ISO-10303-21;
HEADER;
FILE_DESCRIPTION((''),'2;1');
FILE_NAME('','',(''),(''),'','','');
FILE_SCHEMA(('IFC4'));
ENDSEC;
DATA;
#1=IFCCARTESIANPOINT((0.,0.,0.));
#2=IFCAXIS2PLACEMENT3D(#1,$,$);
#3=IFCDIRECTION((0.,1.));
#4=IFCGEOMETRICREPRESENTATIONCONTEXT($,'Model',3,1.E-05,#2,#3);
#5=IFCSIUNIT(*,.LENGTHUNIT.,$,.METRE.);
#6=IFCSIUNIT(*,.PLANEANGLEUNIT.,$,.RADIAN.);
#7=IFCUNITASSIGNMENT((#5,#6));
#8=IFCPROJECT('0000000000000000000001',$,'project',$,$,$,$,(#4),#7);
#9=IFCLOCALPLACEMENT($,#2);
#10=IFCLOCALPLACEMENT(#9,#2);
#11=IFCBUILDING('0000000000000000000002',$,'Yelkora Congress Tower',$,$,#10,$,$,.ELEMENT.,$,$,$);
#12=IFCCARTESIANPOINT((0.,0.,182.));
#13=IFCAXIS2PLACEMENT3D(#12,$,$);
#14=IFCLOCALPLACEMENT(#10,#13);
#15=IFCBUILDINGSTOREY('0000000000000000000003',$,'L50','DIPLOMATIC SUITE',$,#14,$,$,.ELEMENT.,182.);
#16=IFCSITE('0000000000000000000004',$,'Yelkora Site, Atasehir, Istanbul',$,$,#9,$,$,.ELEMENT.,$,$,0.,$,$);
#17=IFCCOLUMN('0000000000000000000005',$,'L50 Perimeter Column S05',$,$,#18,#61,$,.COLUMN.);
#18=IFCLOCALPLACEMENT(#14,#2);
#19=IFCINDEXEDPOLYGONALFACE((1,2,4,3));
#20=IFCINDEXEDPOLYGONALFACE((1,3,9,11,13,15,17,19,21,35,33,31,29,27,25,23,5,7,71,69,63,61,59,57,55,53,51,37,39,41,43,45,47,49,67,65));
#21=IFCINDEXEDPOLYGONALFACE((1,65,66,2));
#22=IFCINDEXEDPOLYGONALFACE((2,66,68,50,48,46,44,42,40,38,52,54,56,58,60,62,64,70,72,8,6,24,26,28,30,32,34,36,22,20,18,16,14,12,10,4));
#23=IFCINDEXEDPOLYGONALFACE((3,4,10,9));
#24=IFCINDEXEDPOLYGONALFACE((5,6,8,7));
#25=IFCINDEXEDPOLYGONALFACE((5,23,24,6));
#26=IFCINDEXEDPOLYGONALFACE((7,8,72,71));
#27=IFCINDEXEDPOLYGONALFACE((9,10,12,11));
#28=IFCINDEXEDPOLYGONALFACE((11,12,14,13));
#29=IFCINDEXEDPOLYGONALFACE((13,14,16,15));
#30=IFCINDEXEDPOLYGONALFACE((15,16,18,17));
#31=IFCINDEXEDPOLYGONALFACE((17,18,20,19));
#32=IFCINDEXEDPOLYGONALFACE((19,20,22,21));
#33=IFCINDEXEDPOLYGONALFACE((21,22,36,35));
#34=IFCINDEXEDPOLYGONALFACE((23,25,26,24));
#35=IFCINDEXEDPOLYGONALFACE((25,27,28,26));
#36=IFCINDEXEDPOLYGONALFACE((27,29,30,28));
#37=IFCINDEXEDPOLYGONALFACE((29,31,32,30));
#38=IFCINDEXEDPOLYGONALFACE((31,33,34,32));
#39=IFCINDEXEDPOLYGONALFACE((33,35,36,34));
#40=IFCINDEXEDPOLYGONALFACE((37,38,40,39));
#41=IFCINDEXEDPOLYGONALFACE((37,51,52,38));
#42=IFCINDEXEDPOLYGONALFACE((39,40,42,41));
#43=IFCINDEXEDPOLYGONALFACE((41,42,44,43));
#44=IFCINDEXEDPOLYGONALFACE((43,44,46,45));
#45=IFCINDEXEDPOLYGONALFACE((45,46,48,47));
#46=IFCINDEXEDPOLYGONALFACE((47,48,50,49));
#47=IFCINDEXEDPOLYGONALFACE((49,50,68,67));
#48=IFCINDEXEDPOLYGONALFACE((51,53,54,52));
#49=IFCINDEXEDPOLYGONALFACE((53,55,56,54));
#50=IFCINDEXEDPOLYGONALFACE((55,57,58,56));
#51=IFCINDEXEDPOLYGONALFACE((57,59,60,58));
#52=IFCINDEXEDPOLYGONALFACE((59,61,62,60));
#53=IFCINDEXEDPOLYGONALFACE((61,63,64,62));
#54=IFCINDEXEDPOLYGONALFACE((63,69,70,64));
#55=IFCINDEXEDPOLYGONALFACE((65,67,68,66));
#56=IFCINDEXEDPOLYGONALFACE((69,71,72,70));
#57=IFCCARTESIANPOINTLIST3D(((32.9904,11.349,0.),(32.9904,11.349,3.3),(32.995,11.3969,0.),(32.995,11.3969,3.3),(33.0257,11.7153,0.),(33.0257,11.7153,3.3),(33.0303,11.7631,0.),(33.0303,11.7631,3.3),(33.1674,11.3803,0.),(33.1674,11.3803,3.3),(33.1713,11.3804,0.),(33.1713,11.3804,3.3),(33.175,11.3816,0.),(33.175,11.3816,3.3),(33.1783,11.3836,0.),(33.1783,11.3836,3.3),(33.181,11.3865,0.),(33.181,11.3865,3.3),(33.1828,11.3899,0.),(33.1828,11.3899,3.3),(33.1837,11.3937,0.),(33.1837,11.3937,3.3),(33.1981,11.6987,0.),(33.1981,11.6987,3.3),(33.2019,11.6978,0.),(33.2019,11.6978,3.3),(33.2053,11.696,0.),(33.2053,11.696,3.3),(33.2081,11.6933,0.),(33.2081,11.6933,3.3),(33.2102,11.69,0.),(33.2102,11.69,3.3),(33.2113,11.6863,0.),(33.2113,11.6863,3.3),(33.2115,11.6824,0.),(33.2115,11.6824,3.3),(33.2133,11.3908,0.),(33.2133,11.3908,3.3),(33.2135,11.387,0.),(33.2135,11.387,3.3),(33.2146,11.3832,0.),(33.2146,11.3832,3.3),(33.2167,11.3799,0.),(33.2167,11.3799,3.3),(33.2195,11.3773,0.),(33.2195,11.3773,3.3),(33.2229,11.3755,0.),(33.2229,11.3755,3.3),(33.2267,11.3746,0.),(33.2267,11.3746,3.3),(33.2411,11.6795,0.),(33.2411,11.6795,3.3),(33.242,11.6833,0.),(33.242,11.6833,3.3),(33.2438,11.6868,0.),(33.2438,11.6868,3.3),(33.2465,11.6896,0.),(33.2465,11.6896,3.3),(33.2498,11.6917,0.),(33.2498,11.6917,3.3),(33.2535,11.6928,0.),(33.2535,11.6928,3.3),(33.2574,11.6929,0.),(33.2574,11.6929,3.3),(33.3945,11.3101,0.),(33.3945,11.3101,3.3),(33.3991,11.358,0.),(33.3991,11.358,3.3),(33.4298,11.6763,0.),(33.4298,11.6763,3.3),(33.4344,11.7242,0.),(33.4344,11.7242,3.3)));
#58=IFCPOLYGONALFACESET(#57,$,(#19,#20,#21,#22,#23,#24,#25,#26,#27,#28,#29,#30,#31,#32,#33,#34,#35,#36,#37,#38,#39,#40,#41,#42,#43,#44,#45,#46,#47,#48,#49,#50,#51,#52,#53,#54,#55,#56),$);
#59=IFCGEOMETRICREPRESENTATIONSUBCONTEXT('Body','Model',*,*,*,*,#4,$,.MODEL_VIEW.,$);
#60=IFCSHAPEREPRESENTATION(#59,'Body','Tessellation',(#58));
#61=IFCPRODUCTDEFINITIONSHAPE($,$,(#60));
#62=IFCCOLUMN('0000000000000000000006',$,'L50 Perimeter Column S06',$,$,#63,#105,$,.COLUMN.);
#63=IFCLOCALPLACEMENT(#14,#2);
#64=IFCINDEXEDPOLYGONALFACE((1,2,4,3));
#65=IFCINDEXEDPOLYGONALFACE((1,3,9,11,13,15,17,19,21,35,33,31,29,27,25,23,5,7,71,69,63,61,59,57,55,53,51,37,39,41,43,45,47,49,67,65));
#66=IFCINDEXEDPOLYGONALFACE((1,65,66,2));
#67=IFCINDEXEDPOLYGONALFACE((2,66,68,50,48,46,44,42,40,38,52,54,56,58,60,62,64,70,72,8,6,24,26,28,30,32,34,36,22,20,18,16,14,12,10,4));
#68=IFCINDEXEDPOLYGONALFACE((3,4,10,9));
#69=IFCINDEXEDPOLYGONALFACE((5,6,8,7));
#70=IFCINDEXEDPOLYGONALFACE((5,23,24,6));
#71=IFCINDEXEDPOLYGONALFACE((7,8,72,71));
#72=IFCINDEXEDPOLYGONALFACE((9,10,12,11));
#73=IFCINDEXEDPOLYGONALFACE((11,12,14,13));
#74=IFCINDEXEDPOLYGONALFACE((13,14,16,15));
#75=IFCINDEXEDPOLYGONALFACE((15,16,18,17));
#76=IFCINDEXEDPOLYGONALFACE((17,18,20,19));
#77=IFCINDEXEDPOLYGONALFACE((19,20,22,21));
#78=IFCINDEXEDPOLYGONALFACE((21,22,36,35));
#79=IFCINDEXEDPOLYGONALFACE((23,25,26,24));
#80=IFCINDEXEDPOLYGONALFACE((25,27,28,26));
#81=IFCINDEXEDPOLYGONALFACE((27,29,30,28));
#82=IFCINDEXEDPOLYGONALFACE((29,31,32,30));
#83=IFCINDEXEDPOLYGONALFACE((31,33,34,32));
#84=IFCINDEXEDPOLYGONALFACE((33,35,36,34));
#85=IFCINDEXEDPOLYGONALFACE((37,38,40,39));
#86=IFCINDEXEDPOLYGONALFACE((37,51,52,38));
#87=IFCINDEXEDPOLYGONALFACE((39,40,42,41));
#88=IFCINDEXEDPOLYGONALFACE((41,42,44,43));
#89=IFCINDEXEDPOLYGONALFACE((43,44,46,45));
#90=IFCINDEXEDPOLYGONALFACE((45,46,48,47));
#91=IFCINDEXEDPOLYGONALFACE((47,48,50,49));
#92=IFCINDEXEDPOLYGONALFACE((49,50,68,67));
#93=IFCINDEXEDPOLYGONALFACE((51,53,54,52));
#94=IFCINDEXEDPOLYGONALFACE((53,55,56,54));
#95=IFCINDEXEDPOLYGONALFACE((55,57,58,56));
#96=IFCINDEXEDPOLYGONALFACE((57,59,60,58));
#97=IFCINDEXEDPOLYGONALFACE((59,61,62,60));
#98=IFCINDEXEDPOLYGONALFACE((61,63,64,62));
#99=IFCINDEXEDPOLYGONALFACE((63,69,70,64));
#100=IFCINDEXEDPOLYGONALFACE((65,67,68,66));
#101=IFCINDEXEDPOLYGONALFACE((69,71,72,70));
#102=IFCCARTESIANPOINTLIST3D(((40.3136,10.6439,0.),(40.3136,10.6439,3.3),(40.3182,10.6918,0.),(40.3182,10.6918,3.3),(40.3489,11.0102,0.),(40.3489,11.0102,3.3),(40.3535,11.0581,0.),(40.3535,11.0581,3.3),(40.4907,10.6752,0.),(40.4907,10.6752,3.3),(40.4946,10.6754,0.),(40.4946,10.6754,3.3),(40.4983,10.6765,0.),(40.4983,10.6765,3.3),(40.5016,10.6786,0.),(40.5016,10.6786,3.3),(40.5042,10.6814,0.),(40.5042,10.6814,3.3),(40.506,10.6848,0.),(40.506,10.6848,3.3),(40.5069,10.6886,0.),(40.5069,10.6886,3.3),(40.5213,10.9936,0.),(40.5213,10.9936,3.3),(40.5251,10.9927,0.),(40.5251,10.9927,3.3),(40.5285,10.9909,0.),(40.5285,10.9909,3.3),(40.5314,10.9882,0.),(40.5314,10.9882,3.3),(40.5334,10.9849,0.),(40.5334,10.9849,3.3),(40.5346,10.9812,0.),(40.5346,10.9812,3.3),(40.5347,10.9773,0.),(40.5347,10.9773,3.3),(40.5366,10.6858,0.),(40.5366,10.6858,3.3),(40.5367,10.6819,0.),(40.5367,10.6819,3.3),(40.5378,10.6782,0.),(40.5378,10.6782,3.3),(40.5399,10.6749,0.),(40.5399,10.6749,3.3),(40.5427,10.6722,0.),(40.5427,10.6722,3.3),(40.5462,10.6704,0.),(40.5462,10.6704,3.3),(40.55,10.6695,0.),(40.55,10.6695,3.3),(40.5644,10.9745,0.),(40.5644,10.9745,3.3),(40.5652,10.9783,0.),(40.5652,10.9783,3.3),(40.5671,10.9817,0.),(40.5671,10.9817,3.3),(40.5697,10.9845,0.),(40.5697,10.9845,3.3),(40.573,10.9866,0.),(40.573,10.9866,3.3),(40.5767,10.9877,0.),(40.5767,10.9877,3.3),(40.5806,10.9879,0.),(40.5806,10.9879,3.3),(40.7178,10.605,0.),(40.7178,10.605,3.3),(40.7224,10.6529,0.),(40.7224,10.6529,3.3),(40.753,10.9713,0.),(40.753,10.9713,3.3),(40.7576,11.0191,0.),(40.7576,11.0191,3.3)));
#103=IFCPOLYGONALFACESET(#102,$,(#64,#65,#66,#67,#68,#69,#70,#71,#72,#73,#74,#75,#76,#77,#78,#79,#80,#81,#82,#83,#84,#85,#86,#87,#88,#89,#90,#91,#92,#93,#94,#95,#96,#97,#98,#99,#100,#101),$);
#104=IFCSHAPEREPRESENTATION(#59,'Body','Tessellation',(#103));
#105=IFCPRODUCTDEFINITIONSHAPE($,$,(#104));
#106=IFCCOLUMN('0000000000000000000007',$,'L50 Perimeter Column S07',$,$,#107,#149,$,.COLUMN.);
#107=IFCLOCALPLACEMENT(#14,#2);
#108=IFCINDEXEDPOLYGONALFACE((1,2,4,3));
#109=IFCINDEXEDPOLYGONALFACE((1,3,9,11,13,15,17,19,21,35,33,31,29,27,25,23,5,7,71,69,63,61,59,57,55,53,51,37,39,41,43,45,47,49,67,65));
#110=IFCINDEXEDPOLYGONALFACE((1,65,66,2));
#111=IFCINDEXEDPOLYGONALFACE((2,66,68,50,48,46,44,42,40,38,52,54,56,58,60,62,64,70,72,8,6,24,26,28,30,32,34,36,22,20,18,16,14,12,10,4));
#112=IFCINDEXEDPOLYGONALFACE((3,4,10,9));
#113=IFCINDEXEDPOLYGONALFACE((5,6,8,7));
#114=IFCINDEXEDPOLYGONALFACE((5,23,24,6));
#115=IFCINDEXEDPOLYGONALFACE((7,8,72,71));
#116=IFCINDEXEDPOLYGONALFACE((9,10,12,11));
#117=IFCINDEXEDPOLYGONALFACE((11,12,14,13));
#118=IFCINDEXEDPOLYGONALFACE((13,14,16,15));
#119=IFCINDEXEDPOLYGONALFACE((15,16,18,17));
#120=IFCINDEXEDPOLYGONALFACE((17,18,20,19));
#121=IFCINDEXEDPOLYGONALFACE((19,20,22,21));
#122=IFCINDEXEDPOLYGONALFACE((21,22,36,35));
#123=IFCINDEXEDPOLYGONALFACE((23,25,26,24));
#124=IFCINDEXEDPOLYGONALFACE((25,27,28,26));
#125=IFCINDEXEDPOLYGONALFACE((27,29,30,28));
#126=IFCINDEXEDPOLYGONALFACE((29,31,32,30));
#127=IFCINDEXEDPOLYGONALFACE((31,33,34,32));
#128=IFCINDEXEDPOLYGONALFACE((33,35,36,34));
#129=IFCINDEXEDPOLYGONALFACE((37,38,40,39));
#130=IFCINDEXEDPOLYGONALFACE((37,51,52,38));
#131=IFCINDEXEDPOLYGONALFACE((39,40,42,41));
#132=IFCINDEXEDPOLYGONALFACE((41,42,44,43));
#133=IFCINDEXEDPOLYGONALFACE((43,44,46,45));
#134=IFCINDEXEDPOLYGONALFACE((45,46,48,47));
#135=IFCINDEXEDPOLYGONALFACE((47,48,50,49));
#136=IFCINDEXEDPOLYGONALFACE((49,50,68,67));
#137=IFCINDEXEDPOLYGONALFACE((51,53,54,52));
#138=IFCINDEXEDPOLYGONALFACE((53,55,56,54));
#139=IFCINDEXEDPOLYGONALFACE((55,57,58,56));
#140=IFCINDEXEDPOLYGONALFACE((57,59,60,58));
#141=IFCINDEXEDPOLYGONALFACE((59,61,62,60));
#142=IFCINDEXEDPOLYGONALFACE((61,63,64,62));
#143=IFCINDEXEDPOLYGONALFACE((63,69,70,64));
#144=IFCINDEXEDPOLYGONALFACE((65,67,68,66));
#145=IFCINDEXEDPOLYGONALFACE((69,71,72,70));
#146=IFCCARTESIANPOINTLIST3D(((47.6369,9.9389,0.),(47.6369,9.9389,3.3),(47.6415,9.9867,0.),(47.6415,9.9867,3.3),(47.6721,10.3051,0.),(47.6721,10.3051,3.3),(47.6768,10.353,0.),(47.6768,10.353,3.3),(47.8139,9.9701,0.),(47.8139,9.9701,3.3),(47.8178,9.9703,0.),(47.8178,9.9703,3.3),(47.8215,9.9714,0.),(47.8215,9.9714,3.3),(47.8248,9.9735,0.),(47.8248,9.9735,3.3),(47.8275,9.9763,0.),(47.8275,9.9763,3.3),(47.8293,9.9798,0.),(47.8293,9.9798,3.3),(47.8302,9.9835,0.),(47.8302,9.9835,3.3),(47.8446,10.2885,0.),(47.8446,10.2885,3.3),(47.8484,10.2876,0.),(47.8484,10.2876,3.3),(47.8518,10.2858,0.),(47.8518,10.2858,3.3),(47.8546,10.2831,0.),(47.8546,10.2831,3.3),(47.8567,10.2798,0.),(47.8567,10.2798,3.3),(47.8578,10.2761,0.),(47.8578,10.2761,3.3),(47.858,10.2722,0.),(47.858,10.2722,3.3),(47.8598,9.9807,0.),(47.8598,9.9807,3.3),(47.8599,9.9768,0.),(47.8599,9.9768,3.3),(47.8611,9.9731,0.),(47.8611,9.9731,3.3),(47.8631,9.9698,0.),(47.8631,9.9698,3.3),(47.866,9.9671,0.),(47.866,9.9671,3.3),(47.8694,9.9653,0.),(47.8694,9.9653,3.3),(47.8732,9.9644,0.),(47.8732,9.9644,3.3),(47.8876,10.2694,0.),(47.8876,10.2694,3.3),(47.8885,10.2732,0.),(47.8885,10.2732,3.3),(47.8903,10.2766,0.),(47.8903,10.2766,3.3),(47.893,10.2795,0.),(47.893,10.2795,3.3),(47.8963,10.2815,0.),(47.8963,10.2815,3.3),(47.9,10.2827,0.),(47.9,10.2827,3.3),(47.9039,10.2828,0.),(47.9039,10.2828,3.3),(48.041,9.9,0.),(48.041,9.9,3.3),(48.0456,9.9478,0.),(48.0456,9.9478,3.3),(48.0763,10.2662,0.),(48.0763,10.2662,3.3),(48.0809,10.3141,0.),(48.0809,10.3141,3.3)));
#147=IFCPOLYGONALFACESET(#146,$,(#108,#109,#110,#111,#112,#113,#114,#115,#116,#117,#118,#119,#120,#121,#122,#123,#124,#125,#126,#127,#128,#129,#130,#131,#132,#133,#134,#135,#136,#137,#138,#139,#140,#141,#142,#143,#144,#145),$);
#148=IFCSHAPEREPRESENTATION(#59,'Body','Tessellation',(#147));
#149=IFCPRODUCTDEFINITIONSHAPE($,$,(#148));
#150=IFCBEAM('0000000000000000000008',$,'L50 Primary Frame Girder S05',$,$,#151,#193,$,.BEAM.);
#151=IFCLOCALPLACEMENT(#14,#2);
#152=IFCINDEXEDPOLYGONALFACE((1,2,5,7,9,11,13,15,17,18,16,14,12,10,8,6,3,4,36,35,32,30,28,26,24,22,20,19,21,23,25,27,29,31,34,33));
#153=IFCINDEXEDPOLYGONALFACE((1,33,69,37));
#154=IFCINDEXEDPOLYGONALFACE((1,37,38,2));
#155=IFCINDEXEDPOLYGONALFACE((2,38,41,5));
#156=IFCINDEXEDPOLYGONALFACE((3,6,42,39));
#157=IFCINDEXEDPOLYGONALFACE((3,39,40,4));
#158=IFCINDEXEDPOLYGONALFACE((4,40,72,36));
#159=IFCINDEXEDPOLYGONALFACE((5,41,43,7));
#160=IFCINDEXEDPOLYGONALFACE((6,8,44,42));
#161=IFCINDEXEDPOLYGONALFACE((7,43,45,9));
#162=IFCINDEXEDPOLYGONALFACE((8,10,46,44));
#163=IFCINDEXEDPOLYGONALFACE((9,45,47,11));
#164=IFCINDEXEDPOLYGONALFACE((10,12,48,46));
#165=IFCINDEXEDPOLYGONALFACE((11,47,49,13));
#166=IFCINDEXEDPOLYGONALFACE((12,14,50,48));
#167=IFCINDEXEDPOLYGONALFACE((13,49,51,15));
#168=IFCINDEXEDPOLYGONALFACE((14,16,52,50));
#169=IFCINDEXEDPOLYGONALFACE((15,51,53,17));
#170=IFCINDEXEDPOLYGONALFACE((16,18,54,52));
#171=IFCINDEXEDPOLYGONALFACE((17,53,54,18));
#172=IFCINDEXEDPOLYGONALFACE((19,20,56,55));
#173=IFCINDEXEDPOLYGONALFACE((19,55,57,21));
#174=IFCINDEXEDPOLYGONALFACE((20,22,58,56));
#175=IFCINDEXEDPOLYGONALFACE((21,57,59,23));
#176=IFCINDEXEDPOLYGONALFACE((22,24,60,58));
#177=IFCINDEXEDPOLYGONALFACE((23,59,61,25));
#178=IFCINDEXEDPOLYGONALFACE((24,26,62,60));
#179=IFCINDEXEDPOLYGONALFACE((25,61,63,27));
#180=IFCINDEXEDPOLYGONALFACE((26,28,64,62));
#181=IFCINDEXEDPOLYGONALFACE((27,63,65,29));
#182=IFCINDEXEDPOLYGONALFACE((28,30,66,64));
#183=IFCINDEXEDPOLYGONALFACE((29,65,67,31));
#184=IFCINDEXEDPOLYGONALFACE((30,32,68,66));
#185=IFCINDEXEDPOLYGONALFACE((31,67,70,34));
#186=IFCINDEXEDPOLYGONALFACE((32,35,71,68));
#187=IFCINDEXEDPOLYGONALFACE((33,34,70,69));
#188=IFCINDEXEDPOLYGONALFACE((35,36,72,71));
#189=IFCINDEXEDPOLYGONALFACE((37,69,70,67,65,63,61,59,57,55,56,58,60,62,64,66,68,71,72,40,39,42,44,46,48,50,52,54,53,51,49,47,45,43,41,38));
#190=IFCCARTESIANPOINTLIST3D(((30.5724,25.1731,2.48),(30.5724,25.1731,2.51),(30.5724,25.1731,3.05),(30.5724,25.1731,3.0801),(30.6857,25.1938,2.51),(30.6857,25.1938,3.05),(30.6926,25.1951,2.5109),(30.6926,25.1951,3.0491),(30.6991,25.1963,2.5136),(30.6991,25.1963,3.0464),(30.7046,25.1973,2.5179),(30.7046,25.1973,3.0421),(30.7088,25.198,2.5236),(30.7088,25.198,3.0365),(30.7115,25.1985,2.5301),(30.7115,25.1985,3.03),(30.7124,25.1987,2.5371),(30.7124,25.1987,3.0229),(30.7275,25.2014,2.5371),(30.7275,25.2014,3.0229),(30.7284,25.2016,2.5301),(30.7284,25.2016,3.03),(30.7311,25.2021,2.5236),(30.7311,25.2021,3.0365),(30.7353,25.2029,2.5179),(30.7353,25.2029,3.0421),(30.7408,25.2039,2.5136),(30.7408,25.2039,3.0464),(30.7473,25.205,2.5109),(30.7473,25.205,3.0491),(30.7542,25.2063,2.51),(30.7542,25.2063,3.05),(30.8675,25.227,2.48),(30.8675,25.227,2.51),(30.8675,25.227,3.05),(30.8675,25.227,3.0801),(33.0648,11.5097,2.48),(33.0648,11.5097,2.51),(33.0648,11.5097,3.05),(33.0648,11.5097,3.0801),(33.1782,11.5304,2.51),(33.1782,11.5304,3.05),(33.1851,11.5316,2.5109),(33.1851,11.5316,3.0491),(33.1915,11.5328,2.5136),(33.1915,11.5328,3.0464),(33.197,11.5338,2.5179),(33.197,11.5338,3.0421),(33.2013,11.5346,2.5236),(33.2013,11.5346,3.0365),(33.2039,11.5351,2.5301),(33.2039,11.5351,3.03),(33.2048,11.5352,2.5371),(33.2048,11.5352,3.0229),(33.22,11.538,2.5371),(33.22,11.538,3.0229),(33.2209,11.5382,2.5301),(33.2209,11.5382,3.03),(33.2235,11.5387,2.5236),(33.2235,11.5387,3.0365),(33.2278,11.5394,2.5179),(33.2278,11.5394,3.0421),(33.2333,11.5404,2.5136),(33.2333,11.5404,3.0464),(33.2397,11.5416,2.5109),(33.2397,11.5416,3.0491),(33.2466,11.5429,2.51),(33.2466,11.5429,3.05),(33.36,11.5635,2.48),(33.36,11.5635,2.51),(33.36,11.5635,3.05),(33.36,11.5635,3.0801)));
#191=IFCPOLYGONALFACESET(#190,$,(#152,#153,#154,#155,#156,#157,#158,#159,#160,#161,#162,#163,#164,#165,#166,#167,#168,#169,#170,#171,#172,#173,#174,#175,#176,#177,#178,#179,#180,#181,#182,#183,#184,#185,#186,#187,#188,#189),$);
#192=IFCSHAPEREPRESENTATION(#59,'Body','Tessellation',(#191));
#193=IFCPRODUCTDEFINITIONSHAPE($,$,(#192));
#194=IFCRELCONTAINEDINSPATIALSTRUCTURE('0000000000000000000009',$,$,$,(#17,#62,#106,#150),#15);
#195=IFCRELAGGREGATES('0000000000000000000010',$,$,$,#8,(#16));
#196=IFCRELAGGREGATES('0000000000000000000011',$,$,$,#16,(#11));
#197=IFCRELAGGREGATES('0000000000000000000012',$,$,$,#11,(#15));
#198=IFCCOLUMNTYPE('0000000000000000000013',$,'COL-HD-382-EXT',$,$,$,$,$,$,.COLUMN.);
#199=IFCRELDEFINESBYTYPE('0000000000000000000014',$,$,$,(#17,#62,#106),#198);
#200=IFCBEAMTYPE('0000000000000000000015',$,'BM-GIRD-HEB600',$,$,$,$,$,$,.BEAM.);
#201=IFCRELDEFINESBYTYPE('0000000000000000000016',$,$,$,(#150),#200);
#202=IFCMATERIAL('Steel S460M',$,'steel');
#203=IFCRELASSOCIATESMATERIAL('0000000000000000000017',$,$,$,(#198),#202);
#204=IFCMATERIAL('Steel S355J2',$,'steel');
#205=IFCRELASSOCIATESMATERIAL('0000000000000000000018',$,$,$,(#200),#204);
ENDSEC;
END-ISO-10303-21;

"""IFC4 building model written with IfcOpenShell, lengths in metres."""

from ifc_helpers import new_model, si_unit, direction, frame, origin, origin_2d, place, context, subcontext, project, spatial, i_section, extrude, material, material_profile, profile_set, type_object, element, save


model = new_model("IFC4")

# Units and contexts
model_context = context("Model", 3, precision=1e-05, world=origin(), true_north=direction((0.0, 1.0)))
body_context = subcontext(model_context, "Body", "Model", "MODEL_VIEW")
ifc_project = project(units=[si_unit("LENGTHUNIT", "METRE"), si_unit("PLANEANGLEUNIT", "RADIAN")], contexts=[model_context])

# Site, building, storey
site_placement = place(None, origin())
site = spatial("IfcSite", under=ifc_project, at=site_placement, Name="Yelkora Site, Atasehir, Istanbul", CompositionType="ELEMENT", RefElevation=0.0)
building_placement = place(site_placement, origin())
building = spatial("IfcBuilding", under=site, at=building_placement, Name="Yelkora Congress Tower", CompositionType="ELEMENT")
storey_placement = place(building_placement, frame((0.0, 0.0, 182.0)))
storey = spatial("IfcBuildingStorey", under=building, at=storey_placement, Name="L50", Description="DIPLOMATIC SUITE", CompositionType="ELEMENT", Elevation=182.0)

# Columns
ifc_material_1 = material(Name="Steel S460M", Category="steel")
ifc_material_profile_1 = material_profile(ifc_material_1, i_section(OverallWidth=0.406, OverallDepth=0.416, WebThickness=0.0298, FlangeThickness=0.0481, FilletRadius=0.0149, at=origin_2d()), Name="HD 400x382")
ifc_profile_set_1 = profile_set([ifc_material_profile_1], Name="Steel S460M")
column_type = type_object("IfcColumnType", Name="COL-HD-382-EXT", PredefinedType="COLUMN", material=ifc_profile_set_1)
for number, where, z_axis, x_axis, name in (
    (1, (33.2124, 11.5366, 0.0), (0.0, 0.0, 1.0), (0.995396, -0.095846, 0.0), "L50 Perimeter Column S05"),
    (2, (40.5356, 10.8315, 0.0), (0.0, 0.0, 1.0), (0.995396, -0.095846, 0.0), "L50 Perimeter Column S06"),
    (3, (47.8589, 10.1265, 0.0), (0.0, 0.0, 1.0), (0.995396, -0.095846, 0.0), "L50 Perimeter Column S07"),
):
    element("IfcColumn", number, at=place(storey_placement, frame(where, z_axis=z_axis, x_axis=x_axis)), inside=storey, type_object=column_type, Name=name, PredefinedType="COLUMN", context=body_context, shape_type="SweptSolid", body=[
        extrude(i_section(OverallWidth=0.406, OverallDepth=0.416, WebThickness=0.0298, FlangeThickness=0.0481, FilletRadius=0.0149, at=origin_2d()), origin(), (0.0, 0.0, 1.0), 3.3),
    ])

# Beam
ifc_material_2 = material(Name="Steel S355J2", Category="steel")
ifc_material_profile_2 = material_profile(ifc_material_2, i_section(OverallWidth=0.3, OverallDepth=0.6001, WebThickness=0.0154, FlangeThickness=0.03, FilletRadius=0.0271, at=origin_2d()), Name="HEB 600")
ifc_profile_set_2 = profile_set([ifc_material_profile_2], Name="Steel S355J2")
beam_type_1 = type_object("IfcBeamType", Name="BM-GIRD-HEB600", PredefinedType="BEAM", material=ifc_profile_set_2)
beam_1_placement = place(storey_placement, frame((33.2124, 11.5366, 2.78), z_axis=(-0.179456, 0.983766, 0.0), x_axis=(-0.983766, -0.179456, 0.0)))
element("IfcBeam", 4, at=beam_1_placement, inside=storey, type_object=beam_type_1, Name="L50 Primary Frame Girder S05", PredefinedType="BEAM", context=body_context, shape_type="SweptSolid", body=[
    extrude(i_section(OverallWidth=0.3, OverallDepth=0.6001, WebThickness=0.0154, FlangeThickness=0.03, FilletRadius=0.0271, at=origin_2d()), origin(), (0.0, 0.0, 1.0), 13.8889),
])

save(model, "model.ifc")
